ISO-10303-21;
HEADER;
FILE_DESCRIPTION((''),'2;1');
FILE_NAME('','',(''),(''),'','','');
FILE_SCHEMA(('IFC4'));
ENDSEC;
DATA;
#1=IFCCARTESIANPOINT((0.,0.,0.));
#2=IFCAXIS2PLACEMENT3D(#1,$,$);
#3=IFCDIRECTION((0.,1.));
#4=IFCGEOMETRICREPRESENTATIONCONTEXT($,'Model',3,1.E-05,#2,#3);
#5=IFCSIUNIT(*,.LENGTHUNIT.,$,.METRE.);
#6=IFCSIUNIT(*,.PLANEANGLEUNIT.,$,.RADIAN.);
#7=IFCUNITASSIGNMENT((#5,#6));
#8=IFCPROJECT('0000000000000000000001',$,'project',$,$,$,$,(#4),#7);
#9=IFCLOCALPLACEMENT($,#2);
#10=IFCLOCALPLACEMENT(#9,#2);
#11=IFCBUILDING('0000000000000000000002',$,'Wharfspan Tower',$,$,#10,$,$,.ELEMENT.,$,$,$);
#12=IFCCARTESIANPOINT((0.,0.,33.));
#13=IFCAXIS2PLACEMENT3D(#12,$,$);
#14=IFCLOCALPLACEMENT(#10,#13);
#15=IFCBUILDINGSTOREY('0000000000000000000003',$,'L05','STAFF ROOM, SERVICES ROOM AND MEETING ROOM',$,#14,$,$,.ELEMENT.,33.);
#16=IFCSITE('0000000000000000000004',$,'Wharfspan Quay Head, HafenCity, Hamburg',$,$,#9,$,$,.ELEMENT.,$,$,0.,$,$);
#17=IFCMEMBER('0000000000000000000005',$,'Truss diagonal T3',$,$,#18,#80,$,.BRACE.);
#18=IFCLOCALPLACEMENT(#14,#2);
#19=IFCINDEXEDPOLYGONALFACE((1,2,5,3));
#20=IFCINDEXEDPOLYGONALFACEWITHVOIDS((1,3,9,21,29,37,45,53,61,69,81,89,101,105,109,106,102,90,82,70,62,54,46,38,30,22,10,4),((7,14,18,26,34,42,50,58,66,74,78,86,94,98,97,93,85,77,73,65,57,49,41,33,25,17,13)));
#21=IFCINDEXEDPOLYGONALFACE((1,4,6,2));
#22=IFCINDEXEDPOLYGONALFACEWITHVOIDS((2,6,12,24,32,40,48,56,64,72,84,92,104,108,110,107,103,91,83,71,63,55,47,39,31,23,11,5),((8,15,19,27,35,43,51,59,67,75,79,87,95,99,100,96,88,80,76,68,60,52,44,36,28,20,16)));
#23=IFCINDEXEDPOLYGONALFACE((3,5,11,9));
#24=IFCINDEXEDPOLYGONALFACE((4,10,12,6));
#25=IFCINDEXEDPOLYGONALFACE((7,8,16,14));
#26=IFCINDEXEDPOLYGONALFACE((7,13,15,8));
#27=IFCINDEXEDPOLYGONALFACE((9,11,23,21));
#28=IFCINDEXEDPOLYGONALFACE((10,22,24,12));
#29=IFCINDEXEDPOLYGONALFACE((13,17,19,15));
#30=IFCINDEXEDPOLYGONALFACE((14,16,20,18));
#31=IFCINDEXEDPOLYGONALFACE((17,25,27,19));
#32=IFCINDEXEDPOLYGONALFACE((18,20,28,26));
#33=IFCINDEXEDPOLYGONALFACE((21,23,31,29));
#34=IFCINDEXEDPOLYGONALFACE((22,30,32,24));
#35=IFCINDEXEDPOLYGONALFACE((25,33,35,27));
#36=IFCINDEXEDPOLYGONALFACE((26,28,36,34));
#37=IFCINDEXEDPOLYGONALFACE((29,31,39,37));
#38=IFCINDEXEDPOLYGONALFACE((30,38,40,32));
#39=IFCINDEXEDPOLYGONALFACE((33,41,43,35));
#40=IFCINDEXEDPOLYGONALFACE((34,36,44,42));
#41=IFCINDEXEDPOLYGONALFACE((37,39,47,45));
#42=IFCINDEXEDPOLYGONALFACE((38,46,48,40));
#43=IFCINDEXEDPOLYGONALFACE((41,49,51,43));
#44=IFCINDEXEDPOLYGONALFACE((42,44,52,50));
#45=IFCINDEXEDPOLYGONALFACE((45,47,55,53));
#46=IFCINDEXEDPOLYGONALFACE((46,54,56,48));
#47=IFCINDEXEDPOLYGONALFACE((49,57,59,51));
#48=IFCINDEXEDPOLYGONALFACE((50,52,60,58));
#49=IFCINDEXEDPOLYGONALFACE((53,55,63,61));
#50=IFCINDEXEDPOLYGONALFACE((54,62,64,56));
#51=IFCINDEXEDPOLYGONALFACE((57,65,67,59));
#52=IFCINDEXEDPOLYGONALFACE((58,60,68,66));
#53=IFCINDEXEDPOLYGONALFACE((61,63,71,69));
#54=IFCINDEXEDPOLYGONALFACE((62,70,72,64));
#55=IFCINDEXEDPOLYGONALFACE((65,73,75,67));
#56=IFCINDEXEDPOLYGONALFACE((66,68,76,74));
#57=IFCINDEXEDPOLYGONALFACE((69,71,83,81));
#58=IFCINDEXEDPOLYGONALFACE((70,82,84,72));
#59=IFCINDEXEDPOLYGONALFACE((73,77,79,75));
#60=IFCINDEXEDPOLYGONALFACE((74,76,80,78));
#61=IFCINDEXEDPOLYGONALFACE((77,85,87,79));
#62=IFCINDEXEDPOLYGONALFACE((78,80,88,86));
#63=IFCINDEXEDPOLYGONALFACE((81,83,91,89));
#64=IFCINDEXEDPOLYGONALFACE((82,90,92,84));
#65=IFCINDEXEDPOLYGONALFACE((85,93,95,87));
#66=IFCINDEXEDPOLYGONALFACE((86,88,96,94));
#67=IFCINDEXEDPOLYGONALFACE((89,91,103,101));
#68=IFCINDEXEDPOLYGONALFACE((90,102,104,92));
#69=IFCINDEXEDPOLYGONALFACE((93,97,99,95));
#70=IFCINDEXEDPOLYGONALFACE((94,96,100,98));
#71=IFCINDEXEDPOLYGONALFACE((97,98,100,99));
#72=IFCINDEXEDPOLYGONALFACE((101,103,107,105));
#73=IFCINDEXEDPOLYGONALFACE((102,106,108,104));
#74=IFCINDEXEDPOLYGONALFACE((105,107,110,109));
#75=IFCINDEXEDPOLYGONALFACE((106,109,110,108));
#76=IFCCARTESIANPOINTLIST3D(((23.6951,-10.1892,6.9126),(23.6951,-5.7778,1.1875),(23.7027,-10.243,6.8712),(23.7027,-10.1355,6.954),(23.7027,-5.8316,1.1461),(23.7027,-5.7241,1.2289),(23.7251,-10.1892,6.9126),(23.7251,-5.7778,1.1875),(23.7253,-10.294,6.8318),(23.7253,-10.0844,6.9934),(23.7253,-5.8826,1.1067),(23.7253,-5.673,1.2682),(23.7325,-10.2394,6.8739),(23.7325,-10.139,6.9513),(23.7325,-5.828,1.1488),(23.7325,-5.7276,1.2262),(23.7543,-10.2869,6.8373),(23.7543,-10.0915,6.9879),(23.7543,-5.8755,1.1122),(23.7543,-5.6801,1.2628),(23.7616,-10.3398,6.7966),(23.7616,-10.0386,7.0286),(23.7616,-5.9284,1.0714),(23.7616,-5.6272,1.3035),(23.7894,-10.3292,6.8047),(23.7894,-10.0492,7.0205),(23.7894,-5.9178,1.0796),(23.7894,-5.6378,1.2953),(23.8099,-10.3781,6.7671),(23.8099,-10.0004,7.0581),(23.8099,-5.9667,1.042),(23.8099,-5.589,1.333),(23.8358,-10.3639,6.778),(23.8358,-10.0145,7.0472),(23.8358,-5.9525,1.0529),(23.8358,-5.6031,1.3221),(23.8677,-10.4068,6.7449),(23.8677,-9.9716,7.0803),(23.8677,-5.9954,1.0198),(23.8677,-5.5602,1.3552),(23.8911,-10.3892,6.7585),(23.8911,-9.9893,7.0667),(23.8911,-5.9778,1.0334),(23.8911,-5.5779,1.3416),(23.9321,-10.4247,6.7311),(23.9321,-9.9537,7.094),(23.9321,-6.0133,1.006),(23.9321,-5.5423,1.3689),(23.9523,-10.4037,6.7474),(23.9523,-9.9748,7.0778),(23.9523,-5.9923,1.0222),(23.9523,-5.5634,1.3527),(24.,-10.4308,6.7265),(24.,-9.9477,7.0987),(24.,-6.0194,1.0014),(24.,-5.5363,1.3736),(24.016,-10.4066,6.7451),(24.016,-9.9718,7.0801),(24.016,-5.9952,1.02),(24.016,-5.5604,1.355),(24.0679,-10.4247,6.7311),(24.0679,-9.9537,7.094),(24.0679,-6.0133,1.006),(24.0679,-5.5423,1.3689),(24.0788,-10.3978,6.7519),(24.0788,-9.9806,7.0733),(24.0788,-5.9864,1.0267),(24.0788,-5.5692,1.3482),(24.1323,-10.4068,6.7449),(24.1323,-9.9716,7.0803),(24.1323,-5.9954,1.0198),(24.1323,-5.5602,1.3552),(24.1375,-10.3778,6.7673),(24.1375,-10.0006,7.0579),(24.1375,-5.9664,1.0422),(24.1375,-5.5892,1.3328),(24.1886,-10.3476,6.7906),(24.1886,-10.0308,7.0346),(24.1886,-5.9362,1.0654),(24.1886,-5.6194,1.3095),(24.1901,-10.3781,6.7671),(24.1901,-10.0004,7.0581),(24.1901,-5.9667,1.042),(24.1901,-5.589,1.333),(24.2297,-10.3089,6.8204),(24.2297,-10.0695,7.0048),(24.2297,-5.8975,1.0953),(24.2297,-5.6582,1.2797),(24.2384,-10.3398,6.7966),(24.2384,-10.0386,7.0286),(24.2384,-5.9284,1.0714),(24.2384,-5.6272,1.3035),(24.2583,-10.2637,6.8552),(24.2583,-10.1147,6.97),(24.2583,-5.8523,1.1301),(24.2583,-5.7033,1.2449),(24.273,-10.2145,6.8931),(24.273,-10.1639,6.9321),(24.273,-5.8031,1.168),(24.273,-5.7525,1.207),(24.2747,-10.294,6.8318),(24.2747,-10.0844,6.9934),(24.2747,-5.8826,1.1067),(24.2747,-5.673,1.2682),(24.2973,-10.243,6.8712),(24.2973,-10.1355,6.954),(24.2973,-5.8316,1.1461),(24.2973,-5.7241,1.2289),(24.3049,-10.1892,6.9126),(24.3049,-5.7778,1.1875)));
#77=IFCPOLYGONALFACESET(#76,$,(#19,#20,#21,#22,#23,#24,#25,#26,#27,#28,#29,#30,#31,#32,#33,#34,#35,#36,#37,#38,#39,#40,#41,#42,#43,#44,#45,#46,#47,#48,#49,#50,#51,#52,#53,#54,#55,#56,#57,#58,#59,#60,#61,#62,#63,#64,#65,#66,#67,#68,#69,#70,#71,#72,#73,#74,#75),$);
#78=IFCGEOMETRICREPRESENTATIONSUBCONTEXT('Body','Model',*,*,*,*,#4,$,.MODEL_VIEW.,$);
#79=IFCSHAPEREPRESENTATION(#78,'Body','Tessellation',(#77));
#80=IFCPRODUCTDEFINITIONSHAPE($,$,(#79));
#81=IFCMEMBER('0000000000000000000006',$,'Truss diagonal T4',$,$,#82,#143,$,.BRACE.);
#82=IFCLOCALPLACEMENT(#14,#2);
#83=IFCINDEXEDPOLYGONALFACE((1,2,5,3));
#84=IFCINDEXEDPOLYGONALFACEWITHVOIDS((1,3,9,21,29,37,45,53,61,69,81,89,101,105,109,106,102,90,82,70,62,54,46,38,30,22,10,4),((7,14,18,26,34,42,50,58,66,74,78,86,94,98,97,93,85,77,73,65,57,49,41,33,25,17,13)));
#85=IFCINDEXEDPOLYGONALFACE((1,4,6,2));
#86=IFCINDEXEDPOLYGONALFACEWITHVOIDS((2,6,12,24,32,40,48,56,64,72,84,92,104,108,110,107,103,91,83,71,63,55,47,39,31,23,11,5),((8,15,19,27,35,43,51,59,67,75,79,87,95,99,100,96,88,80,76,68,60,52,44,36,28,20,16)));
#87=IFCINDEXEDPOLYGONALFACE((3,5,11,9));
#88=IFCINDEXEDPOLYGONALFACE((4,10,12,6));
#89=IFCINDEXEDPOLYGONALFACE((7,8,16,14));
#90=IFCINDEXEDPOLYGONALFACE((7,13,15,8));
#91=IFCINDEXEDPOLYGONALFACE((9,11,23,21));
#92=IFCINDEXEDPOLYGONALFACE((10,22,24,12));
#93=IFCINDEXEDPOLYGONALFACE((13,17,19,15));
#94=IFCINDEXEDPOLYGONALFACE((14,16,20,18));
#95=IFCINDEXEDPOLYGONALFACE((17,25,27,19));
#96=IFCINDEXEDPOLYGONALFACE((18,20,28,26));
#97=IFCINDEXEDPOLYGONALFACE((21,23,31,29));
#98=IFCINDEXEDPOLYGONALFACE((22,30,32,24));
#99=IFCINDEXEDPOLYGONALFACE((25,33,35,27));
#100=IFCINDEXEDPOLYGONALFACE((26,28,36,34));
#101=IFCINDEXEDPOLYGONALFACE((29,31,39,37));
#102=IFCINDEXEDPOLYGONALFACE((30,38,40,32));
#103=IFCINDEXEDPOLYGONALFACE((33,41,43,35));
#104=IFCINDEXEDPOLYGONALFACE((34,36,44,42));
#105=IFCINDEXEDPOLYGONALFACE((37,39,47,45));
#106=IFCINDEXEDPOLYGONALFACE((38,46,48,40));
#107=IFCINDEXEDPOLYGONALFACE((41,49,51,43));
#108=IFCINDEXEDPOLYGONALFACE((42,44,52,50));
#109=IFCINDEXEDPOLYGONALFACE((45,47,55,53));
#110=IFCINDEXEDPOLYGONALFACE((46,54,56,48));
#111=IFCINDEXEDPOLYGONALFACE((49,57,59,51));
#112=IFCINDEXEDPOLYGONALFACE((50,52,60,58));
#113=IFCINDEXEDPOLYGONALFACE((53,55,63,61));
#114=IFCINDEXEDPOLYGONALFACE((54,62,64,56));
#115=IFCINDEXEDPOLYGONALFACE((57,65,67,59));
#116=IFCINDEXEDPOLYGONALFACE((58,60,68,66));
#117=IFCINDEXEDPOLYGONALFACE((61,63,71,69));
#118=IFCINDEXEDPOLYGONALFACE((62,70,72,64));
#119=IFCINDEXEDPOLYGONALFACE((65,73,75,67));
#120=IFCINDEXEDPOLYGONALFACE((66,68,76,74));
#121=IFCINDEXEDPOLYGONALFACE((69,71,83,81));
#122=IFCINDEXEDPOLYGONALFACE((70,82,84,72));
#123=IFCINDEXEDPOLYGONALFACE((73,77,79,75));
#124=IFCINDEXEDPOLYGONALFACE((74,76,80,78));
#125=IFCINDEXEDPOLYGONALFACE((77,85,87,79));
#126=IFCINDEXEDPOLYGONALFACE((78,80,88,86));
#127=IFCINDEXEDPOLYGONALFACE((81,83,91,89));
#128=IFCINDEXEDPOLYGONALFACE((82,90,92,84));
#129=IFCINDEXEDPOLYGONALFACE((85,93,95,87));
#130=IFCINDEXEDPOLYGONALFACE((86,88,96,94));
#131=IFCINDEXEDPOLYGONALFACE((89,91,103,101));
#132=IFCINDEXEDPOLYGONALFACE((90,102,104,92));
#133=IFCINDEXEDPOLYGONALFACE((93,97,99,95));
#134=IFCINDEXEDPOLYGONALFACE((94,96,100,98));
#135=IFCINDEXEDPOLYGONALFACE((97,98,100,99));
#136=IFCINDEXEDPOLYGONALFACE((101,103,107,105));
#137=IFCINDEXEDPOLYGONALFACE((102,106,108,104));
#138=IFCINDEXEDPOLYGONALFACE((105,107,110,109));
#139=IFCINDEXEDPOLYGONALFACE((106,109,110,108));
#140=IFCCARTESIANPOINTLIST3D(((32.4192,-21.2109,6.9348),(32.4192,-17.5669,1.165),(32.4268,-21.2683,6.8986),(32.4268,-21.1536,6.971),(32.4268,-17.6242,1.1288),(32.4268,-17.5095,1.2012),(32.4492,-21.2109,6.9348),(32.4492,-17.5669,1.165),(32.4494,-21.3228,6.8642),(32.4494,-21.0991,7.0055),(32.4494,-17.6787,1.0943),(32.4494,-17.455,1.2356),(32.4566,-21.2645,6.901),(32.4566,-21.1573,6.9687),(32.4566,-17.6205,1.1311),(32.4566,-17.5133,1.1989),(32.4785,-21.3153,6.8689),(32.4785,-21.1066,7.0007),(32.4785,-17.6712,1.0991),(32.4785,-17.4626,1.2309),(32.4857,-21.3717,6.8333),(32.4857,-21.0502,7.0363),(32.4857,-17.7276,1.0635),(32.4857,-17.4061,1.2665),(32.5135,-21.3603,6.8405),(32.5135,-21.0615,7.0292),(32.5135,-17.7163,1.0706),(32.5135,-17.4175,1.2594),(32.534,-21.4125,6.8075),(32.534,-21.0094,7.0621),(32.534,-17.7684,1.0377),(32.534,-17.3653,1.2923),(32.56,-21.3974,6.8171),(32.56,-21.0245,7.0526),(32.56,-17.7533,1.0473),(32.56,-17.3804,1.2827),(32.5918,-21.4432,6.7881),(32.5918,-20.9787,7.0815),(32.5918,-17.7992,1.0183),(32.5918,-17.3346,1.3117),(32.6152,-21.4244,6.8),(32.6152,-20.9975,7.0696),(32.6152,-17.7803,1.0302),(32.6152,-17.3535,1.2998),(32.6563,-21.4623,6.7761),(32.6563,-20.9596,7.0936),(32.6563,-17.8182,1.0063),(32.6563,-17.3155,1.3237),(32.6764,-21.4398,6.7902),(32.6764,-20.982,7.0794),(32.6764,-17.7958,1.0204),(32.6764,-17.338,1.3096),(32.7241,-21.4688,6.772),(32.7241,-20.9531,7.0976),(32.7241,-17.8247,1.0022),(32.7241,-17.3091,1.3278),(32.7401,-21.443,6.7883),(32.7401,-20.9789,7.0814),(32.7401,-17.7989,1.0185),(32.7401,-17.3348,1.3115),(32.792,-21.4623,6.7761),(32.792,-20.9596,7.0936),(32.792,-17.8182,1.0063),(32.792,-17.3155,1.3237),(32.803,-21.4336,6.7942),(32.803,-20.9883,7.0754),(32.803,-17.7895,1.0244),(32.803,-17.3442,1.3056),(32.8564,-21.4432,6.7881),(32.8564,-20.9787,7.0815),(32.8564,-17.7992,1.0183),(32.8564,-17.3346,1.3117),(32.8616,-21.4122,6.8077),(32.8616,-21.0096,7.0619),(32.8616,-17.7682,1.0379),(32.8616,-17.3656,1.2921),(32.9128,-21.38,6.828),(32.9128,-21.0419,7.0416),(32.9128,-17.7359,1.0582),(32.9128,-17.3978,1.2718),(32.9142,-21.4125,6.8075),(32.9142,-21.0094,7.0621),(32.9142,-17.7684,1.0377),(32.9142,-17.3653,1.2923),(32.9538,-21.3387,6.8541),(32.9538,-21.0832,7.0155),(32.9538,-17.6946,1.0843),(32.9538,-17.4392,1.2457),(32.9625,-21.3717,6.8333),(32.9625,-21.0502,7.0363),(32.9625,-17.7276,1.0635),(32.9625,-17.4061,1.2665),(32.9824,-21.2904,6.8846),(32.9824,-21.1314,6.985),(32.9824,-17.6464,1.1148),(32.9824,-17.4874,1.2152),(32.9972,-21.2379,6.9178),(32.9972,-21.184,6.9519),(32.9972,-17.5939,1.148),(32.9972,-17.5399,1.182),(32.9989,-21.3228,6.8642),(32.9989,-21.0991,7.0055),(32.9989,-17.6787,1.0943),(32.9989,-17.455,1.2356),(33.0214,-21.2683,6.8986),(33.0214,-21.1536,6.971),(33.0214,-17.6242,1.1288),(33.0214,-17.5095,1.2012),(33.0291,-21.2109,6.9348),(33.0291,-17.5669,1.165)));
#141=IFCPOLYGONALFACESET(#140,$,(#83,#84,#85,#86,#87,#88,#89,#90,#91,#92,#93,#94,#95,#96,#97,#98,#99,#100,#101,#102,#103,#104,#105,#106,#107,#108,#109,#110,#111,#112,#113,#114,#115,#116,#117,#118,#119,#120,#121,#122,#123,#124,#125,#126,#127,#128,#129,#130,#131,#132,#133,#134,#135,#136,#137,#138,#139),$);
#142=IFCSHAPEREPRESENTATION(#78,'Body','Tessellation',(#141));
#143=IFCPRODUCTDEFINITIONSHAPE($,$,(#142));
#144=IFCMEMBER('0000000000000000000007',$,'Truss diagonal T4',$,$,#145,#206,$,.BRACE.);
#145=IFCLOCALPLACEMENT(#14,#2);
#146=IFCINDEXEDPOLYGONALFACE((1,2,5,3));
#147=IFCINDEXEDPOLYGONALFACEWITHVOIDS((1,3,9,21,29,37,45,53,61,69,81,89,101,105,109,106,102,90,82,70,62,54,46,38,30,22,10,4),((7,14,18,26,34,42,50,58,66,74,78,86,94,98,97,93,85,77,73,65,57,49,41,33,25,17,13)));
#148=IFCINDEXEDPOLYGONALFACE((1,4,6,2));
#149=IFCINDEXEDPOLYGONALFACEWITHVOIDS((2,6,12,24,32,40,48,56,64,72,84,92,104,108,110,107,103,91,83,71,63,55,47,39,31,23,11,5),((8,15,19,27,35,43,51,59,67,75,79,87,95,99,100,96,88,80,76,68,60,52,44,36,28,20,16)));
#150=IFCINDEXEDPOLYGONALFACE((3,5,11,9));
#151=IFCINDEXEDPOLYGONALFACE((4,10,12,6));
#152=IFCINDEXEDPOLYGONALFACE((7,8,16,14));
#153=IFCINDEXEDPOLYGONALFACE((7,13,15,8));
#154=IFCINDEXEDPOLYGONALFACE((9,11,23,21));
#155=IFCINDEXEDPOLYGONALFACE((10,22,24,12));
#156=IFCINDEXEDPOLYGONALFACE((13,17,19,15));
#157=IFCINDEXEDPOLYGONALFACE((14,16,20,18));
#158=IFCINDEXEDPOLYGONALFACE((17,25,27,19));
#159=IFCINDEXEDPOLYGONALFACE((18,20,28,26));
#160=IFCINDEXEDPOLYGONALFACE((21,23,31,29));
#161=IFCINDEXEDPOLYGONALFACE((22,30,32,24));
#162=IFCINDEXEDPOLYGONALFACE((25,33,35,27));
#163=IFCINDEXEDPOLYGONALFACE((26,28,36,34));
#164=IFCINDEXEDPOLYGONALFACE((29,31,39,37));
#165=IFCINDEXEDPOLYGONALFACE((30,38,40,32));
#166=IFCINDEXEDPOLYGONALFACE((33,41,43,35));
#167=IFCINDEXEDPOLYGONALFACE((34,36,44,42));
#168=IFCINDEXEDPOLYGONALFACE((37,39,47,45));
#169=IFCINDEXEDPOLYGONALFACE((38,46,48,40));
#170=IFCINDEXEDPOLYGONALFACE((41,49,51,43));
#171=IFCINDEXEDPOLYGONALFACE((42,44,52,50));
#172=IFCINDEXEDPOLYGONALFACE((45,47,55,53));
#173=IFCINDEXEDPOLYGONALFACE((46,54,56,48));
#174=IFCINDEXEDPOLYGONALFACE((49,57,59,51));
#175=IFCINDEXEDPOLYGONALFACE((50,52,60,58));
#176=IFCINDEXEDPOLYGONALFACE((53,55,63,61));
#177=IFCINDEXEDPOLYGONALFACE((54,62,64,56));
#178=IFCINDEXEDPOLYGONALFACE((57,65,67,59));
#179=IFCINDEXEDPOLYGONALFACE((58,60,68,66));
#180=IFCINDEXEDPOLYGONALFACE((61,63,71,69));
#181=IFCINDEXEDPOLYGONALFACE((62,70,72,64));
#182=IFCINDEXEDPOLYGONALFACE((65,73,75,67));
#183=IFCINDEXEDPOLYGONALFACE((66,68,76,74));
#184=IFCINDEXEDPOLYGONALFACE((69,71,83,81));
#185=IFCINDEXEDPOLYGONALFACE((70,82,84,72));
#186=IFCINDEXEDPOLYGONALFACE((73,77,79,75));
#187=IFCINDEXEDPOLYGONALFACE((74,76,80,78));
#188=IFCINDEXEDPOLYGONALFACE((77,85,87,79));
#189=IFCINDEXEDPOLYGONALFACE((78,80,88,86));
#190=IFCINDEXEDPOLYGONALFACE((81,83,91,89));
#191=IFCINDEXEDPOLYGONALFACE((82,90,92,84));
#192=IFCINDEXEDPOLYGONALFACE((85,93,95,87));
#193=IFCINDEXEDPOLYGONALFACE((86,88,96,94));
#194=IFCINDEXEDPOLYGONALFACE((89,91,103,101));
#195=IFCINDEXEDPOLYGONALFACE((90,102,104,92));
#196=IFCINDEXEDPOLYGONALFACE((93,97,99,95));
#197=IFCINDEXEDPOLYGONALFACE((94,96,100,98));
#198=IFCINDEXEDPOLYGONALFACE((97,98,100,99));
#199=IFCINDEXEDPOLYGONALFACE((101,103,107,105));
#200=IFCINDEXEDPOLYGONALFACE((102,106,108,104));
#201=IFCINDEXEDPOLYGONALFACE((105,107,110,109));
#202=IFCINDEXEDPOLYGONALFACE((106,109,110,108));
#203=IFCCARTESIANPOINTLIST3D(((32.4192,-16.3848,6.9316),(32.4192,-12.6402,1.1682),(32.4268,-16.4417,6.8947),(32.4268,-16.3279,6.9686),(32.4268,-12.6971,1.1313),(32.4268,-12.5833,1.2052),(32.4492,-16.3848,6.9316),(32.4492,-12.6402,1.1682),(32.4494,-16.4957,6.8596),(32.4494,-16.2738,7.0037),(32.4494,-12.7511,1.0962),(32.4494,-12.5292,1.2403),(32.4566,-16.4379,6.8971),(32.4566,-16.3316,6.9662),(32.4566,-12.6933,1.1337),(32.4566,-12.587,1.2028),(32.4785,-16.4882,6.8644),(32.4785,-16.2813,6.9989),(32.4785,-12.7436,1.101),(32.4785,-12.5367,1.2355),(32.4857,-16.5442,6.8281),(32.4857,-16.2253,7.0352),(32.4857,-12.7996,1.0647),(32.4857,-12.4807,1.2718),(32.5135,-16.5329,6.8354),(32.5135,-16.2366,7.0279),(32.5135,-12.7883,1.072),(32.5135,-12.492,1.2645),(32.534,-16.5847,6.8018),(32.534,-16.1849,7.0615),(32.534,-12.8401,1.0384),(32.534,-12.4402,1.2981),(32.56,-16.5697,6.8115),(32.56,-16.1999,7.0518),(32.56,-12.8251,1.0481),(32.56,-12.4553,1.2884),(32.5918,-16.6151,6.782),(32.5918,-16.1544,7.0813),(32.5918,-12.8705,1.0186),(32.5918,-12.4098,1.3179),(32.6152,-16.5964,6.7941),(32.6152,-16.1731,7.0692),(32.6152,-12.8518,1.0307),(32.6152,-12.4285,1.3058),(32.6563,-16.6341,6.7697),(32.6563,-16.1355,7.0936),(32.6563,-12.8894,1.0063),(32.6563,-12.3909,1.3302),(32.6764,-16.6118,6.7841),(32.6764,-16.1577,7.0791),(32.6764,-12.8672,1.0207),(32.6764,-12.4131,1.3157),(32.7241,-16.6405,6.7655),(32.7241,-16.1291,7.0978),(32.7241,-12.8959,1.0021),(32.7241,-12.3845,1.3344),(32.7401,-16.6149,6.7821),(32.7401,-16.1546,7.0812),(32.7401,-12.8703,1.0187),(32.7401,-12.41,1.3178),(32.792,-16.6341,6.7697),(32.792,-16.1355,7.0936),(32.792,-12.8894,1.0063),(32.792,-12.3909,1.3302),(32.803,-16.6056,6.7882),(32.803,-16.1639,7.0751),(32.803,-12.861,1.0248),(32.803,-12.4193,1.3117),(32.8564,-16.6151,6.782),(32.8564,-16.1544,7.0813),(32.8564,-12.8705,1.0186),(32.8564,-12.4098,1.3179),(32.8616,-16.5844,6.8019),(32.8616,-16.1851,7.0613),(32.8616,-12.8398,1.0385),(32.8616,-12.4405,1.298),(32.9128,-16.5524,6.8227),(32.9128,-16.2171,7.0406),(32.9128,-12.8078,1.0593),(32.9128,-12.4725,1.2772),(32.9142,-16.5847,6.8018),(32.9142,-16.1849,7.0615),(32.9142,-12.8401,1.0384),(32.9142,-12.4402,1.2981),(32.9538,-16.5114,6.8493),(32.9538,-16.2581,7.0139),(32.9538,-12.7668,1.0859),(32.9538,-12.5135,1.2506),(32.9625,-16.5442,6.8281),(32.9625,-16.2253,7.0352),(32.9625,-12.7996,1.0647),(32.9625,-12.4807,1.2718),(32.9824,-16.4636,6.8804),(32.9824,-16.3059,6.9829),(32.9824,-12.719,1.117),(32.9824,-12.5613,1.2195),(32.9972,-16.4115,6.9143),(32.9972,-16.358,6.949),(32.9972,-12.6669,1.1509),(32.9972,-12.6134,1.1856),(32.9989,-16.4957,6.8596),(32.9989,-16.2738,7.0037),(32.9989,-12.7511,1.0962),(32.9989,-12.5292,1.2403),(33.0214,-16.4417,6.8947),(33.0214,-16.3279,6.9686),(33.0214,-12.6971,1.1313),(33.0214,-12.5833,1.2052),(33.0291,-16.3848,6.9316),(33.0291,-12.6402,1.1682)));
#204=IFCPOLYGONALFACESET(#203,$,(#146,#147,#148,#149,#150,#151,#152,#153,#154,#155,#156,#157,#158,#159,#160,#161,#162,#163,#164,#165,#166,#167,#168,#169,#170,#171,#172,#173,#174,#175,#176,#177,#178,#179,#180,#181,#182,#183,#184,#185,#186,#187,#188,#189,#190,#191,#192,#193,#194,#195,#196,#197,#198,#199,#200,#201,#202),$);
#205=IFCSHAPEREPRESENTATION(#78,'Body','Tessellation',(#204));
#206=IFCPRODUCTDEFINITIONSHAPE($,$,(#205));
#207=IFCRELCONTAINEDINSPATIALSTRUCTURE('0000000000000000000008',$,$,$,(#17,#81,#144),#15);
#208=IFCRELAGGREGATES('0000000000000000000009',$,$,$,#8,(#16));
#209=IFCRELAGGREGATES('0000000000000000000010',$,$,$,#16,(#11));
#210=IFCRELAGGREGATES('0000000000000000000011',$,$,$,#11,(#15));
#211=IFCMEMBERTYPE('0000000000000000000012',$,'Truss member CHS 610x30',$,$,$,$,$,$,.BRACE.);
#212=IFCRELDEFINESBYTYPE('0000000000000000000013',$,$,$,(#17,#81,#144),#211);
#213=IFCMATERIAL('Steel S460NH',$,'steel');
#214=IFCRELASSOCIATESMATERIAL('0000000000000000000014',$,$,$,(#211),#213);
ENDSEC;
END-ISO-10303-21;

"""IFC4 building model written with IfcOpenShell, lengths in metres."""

from ifc_helpers import new_model, si_unit, direction, frame, origin, origin_2d, place, context, subcontext, project, spatial, hollow_circle, extrude, material, material_profile, profile_set, type_object, element, save


model = new_model("IFC4")

# Units and contexts
model_context = context("Model", 3, precision=1e-05, world=origin(), true_north=direction((0.0, 1.0)))
body_context = subcontext(model_context, "Body", "Model", "MODEL_VIEW")
ifc_project = project(units=[si_unit("LENGTHUNIT", "METRE"), si_unit("PLANEANGLEUNIT", "RADIAN")], contexts=[model_context])

# Site, building, storey
site_placement = place(None, origin())
site = spatial("IfcSite", under=ifc_project, at=site_placement, Name="Wharfspan Quay Head, HafenCity, Hamburg", CompositionType="ELEMENT", RefElevation=0.0)
building_placement = place(site_placement, origin())
building = spatial("IfcBuilding", under=site, at=building_placement, Name="Wharfspan Tower", CompositionType="ELEMENT")
storey_placement = place(building_placement, frame((0.0, 0.0, 33.0)))
storey = spatial("IfcBuildingStorey", under=building, at=storey_placement, Name="L05", Description="STAFF ROOM, SERVICES ROOM AND MEETING ROOM", CompositionType="ELEMENT", Elevation=33.0)

# Members
ifc_material_1 = material(Name="Steel S460NH", Category="steel")
ifc_material_profile_1 = material_profile(ifc_material_1, hollow_circle(Radius=0.3049, WallThickness=0.03, at=origin_2d()))
ifc_profile_set_1 = profile_set([ifc_material_profile_1], Name="Steel S460NH")
member_type_1 = type_object("IfcMemberType", Name="Truss member CHS 610x30", PredefinedType="BRACE", material=ifc_profile_set_1)
member_1_placement = place(storey_placement, frame((24.0, -10.1892, 6.9126), z_axis=(0.0, 0.610359, -0.792125), x_axis=(-1.0, 0.0, 0.0)))
element("IfcMember", 1, at=member_1_placement, inside=storey, type_object=member_type_1, Name="Truss diagonal T3", PredefinedType="BRACE", context=body_context, shape_type="SweptSolid", body=[
    extrude(hollow_circle(Radius=0.3049, WallThickness=0.03, at=origin_2d()), origin(), (0.0, 0.0, 1.0), 7.2275),
])
member_2_placement = place(storey_placement, frame((32.7241, -21.2109, 6.9348), z_axis=(0.0, 0.53399, -0.845491), x_axis=(-1.0, 0.0, 0.0)))
element("IfcMember", 2, at=member_2_placement, inside=storey, type_object=member_type_1, Name="Truss diagonal T4", PredefinedType="BRACE", context=body_context, shape_type="SweptSolid", body=[
    extrude(hollow_circle(Radius=0.3049, WallThickness=0.03, at=origin_2d()), origin(), (0.0, 0.0, 1.0), 6.8242),
])
member_3_placement = place(storey_placement, frame((32.7241, -16.3848, 6.9316), z_axis=(0.0, 0.544825, -0.83855), x_axis=(-1.0, 0.0, 0.0)))
element("IfcMember", 3, at=member_3_placement, inside=storey, type_object=member_type_1, Name="Truss diagonal T4", PredefinedType="BRACE", context=body_context, shape_type="SweptSolid", body=[
    extrude(hollow_circle(Radius=0.3049, WallThickness=0.03, at=origin_2d()), origin(), (0.0, 0.0, 1.0), 6.873),
])

save(model, "model.ifc")
